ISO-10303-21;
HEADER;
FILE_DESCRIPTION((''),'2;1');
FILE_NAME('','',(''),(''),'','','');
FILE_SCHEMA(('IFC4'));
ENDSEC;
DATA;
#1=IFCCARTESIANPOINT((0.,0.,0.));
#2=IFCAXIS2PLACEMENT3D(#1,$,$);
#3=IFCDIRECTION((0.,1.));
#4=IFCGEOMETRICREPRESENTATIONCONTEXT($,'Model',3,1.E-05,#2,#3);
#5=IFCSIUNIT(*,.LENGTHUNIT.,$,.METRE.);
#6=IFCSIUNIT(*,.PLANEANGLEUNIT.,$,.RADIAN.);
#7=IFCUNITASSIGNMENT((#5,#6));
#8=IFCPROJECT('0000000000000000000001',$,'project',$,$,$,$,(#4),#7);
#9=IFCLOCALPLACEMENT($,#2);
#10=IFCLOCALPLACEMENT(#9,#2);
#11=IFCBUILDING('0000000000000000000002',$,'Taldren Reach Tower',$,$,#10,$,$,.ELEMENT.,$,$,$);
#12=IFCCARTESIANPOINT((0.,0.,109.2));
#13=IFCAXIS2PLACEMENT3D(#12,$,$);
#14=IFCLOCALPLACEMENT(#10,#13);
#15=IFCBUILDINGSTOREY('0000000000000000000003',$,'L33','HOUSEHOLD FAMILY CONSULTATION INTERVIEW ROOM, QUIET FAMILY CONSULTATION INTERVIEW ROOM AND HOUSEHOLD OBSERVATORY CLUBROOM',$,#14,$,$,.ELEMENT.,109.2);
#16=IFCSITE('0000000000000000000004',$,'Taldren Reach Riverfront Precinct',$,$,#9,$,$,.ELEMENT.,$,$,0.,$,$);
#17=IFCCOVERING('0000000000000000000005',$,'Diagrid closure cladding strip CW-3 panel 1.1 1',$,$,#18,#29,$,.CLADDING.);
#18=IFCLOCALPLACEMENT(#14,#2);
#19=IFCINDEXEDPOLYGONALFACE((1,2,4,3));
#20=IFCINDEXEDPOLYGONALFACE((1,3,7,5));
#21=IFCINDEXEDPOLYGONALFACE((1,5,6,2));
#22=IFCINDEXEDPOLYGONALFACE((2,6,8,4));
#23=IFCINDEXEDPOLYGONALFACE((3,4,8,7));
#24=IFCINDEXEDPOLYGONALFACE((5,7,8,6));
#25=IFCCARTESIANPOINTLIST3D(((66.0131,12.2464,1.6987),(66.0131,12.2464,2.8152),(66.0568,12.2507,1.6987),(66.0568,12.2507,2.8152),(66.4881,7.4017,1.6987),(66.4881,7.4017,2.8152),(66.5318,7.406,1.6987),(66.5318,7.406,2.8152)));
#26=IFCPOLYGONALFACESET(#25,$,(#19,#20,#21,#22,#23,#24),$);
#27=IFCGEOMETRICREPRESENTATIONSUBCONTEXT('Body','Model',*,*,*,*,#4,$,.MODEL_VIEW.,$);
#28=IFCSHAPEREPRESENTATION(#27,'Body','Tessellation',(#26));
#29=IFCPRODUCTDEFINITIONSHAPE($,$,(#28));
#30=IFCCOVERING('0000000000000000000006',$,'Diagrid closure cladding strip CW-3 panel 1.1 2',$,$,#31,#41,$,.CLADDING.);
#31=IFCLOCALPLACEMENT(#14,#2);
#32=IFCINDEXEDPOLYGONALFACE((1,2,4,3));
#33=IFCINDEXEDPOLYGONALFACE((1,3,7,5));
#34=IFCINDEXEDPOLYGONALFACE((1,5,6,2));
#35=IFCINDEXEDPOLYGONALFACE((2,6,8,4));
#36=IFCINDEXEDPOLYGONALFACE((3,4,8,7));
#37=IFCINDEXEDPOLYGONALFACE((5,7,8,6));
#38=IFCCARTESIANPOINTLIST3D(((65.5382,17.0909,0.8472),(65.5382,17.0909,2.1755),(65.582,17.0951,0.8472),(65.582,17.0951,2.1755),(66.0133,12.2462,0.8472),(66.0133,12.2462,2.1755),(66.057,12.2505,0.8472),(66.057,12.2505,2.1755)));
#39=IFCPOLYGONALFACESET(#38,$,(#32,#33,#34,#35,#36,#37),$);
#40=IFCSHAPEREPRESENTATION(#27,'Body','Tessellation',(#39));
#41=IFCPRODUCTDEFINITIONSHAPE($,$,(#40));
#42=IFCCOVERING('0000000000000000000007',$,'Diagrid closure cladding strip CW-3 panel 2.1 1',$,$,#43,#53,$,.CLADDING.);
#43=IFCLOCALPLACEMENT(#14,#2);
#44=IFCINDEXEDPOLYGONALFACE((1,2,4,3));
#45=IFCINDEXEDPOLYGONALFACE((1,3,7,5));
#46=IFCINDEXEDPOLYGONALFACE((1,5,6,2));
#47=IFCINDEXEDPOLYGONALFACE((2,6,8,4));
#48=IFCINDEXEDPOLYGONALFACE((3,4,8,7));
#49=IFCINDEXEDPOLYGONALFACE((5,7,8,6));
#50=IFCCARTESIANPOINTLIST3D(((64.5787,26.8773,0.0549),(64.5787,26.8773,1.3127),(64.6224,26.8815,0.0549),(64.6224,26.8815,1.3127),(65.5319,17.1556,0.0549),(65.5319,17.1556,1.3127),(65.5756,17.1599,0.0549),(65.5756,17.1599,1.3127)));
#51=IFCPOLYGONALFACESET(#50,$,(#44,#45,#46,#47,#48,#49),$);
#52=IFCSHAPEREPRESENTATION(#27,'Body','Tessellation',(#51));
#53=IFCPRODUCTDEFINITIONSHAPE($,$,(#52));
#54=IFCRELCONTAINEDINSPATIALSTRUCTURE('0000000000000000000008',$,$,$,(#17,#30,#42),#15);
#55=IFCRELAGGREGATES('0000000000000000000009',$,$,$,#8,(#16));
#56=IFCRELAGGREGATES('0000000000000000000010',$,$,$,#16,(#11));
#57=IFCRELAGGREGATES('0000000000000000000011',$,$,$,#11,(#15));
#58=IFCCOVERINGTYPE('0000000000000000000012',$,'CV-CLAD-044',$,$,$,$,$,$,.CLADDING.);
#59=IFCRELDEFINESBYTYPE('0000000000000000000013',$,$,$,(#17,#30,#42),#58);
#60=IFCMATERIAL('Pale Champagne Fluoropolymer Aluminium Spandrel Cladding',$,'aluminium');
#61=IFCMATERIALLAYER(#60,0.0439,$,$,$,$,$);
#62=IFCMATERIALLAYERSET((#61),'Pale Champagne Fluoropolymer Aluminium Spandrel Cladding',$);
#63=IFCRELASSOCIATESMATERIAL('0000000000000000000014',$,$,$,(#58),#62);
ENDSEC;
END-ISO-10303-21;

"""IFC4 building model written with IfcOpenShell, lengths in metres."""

from ifc_helpers import new_model, si_unit, direction, frame, origin, origin_2d, place, context, subcontext, project, spatial, rectangle, extrude, source, transform, mapped, material, layer, layer_set, type_object, element, save


model = new_model("IFC4")

# Units and contexts
model_context = context("Model", 3, precision=1e-05, world=origin(), true_north=direction((0.0, 1.0)))
body_context = subcontext(model_context, "Body", "Model", "MODEL_VIEW")
ifc_project = project(units=[si_unit("LENGTHUNIT", "METRE"), si_unit("PLANEANGLEUNIT", "RADIAN")], contexts=[model_context])

# Site, building, storey
site_placement = place(None, origin())
site = spatial("IfcSite", under=ifc_project, at=site_placement, Name="Taldren Reach Riverfront Precinct", CompositionType="ELEMENT", RefElevation=0.0)
building_placement = place(site_placement, origin())
building = spatial("IfcBuilding", under=site, at=building_placement, Name="Taldren Reach Tower", CompositionType="ELEMENT")
storey_placement = place(building_placement, frame((0.0, 0.0, 109.2)))
storey = spatial("IfcBuildingStorey", under=building, at=storey_placement, Name="L33", Description="HOUSEHOLD FAMILY CONSULTATION INTERVIEW ROOM, QUIET FAMILY CONSULTATION INTERVIEW ROOM AND HOUSEHOLD OBSERVATORY CLUBROOM", CompositionType="ELEMENT", Elevation=109.2)

# Coverings
ifc_material_1 = material(Name="Pale Champagne Fluoropolymer Aluminium Spandrel Cladding", Category="aluminium")
ifc_layer_1 = layer(ifc_material_1, 0.0439)
ifc_layer_set_1 = layer_set([ifc_layer_1], Name="Pale Champagne Fluoropolymer Aluminium Spandrel Cladding")
covering_type = type_object("IfcCoveringType", Name="CV-CLAD-044", PredefinedType="CLADDING", material=ifc_layer_set_1)
shared_shape_1 = source(origin(), body_context, "Body", "SweptSolid", [
    extrude(rectangle(XDim=4.8679, YDim=0.0439, at=origin_2d()), origin(), (0.0, 0.0, 1.0), 1.1165),
])
covering_1_placement = place(storey_placement, frame((66.2725, 9.8262, 1.6987), z_axis=(0.0, 0.0, 1.0), x_axis=(-0.097583, 0.995227, 0.0)))
element("IfcCovering", 1, at=covering_1_placement, inside=storey, type_object=covering_type, Name="Diagrid closure cladding strip CW-3 panel 1.1 1", PredefinedType="CLADDING", context=body_context, shape_type="MappedRepresentation", body=[
    mapped(shared_shape_1, transform((0.0, 0.0, 0.0), scale=1.0)),
])
shared_shape_2 = source(origin(), body_context, "Body", "SweptSolid", [
    extrude(rectangle(XDim=4.8679, YDim=0.0439, at=origin_2d()), origin(), (0.0, 0.0, 1.0), 1.3284),
])
covering_2_placement = place(storey_placement, frame((65.7976, 14.6707, 0.8472), z_axis=(0.0, 0.0, 1.0), x_axis=(-0.097583, 0.995227, 0.0)))
element("IfcCovering", 2, at=covering_2_placement, inside=storey, type_object=covering_type, Name="Diagrid closure cladding strip CW-3 panel 1.1 2", PredefinedType="CLADDING", context=body_context, shape_type="MappedRepresentation", body=[
    mapped(shared_shape_2, transform((0.0, 0.0, 0.0), scale=1.0)),
])
shared_shape_3 = source(origin(), body_context, "Body", "SweptSolid", [
    extrude(rectangle(XDim=9.7683, YDim=0.0439, at=origin_2d()), origin(), (0.0, 0.0, 1.0), 1.2578),
])
covering_3_placement = place(storey_placement, frame((65.0771, 22.0186, 0.0549), z_axis=(0.0, 0.0, 1.0), x_axis=(-0.097583, 0.995227, 0.0)))
element("IfcCovering", 3, at=covering_3_placement, inside=storey, type_object=covering_type, Name="Diagrid closure cladding strip CW-3 panel 2.1 1", PredefinedType="CLADDING", context=body_context, shape_type="MappedRepresentation", body=[
    mapped(shared_shape_3, transform((0.0, 0.0, 0.0), scale=1.0)),
])

save(model, "model.ifc")
